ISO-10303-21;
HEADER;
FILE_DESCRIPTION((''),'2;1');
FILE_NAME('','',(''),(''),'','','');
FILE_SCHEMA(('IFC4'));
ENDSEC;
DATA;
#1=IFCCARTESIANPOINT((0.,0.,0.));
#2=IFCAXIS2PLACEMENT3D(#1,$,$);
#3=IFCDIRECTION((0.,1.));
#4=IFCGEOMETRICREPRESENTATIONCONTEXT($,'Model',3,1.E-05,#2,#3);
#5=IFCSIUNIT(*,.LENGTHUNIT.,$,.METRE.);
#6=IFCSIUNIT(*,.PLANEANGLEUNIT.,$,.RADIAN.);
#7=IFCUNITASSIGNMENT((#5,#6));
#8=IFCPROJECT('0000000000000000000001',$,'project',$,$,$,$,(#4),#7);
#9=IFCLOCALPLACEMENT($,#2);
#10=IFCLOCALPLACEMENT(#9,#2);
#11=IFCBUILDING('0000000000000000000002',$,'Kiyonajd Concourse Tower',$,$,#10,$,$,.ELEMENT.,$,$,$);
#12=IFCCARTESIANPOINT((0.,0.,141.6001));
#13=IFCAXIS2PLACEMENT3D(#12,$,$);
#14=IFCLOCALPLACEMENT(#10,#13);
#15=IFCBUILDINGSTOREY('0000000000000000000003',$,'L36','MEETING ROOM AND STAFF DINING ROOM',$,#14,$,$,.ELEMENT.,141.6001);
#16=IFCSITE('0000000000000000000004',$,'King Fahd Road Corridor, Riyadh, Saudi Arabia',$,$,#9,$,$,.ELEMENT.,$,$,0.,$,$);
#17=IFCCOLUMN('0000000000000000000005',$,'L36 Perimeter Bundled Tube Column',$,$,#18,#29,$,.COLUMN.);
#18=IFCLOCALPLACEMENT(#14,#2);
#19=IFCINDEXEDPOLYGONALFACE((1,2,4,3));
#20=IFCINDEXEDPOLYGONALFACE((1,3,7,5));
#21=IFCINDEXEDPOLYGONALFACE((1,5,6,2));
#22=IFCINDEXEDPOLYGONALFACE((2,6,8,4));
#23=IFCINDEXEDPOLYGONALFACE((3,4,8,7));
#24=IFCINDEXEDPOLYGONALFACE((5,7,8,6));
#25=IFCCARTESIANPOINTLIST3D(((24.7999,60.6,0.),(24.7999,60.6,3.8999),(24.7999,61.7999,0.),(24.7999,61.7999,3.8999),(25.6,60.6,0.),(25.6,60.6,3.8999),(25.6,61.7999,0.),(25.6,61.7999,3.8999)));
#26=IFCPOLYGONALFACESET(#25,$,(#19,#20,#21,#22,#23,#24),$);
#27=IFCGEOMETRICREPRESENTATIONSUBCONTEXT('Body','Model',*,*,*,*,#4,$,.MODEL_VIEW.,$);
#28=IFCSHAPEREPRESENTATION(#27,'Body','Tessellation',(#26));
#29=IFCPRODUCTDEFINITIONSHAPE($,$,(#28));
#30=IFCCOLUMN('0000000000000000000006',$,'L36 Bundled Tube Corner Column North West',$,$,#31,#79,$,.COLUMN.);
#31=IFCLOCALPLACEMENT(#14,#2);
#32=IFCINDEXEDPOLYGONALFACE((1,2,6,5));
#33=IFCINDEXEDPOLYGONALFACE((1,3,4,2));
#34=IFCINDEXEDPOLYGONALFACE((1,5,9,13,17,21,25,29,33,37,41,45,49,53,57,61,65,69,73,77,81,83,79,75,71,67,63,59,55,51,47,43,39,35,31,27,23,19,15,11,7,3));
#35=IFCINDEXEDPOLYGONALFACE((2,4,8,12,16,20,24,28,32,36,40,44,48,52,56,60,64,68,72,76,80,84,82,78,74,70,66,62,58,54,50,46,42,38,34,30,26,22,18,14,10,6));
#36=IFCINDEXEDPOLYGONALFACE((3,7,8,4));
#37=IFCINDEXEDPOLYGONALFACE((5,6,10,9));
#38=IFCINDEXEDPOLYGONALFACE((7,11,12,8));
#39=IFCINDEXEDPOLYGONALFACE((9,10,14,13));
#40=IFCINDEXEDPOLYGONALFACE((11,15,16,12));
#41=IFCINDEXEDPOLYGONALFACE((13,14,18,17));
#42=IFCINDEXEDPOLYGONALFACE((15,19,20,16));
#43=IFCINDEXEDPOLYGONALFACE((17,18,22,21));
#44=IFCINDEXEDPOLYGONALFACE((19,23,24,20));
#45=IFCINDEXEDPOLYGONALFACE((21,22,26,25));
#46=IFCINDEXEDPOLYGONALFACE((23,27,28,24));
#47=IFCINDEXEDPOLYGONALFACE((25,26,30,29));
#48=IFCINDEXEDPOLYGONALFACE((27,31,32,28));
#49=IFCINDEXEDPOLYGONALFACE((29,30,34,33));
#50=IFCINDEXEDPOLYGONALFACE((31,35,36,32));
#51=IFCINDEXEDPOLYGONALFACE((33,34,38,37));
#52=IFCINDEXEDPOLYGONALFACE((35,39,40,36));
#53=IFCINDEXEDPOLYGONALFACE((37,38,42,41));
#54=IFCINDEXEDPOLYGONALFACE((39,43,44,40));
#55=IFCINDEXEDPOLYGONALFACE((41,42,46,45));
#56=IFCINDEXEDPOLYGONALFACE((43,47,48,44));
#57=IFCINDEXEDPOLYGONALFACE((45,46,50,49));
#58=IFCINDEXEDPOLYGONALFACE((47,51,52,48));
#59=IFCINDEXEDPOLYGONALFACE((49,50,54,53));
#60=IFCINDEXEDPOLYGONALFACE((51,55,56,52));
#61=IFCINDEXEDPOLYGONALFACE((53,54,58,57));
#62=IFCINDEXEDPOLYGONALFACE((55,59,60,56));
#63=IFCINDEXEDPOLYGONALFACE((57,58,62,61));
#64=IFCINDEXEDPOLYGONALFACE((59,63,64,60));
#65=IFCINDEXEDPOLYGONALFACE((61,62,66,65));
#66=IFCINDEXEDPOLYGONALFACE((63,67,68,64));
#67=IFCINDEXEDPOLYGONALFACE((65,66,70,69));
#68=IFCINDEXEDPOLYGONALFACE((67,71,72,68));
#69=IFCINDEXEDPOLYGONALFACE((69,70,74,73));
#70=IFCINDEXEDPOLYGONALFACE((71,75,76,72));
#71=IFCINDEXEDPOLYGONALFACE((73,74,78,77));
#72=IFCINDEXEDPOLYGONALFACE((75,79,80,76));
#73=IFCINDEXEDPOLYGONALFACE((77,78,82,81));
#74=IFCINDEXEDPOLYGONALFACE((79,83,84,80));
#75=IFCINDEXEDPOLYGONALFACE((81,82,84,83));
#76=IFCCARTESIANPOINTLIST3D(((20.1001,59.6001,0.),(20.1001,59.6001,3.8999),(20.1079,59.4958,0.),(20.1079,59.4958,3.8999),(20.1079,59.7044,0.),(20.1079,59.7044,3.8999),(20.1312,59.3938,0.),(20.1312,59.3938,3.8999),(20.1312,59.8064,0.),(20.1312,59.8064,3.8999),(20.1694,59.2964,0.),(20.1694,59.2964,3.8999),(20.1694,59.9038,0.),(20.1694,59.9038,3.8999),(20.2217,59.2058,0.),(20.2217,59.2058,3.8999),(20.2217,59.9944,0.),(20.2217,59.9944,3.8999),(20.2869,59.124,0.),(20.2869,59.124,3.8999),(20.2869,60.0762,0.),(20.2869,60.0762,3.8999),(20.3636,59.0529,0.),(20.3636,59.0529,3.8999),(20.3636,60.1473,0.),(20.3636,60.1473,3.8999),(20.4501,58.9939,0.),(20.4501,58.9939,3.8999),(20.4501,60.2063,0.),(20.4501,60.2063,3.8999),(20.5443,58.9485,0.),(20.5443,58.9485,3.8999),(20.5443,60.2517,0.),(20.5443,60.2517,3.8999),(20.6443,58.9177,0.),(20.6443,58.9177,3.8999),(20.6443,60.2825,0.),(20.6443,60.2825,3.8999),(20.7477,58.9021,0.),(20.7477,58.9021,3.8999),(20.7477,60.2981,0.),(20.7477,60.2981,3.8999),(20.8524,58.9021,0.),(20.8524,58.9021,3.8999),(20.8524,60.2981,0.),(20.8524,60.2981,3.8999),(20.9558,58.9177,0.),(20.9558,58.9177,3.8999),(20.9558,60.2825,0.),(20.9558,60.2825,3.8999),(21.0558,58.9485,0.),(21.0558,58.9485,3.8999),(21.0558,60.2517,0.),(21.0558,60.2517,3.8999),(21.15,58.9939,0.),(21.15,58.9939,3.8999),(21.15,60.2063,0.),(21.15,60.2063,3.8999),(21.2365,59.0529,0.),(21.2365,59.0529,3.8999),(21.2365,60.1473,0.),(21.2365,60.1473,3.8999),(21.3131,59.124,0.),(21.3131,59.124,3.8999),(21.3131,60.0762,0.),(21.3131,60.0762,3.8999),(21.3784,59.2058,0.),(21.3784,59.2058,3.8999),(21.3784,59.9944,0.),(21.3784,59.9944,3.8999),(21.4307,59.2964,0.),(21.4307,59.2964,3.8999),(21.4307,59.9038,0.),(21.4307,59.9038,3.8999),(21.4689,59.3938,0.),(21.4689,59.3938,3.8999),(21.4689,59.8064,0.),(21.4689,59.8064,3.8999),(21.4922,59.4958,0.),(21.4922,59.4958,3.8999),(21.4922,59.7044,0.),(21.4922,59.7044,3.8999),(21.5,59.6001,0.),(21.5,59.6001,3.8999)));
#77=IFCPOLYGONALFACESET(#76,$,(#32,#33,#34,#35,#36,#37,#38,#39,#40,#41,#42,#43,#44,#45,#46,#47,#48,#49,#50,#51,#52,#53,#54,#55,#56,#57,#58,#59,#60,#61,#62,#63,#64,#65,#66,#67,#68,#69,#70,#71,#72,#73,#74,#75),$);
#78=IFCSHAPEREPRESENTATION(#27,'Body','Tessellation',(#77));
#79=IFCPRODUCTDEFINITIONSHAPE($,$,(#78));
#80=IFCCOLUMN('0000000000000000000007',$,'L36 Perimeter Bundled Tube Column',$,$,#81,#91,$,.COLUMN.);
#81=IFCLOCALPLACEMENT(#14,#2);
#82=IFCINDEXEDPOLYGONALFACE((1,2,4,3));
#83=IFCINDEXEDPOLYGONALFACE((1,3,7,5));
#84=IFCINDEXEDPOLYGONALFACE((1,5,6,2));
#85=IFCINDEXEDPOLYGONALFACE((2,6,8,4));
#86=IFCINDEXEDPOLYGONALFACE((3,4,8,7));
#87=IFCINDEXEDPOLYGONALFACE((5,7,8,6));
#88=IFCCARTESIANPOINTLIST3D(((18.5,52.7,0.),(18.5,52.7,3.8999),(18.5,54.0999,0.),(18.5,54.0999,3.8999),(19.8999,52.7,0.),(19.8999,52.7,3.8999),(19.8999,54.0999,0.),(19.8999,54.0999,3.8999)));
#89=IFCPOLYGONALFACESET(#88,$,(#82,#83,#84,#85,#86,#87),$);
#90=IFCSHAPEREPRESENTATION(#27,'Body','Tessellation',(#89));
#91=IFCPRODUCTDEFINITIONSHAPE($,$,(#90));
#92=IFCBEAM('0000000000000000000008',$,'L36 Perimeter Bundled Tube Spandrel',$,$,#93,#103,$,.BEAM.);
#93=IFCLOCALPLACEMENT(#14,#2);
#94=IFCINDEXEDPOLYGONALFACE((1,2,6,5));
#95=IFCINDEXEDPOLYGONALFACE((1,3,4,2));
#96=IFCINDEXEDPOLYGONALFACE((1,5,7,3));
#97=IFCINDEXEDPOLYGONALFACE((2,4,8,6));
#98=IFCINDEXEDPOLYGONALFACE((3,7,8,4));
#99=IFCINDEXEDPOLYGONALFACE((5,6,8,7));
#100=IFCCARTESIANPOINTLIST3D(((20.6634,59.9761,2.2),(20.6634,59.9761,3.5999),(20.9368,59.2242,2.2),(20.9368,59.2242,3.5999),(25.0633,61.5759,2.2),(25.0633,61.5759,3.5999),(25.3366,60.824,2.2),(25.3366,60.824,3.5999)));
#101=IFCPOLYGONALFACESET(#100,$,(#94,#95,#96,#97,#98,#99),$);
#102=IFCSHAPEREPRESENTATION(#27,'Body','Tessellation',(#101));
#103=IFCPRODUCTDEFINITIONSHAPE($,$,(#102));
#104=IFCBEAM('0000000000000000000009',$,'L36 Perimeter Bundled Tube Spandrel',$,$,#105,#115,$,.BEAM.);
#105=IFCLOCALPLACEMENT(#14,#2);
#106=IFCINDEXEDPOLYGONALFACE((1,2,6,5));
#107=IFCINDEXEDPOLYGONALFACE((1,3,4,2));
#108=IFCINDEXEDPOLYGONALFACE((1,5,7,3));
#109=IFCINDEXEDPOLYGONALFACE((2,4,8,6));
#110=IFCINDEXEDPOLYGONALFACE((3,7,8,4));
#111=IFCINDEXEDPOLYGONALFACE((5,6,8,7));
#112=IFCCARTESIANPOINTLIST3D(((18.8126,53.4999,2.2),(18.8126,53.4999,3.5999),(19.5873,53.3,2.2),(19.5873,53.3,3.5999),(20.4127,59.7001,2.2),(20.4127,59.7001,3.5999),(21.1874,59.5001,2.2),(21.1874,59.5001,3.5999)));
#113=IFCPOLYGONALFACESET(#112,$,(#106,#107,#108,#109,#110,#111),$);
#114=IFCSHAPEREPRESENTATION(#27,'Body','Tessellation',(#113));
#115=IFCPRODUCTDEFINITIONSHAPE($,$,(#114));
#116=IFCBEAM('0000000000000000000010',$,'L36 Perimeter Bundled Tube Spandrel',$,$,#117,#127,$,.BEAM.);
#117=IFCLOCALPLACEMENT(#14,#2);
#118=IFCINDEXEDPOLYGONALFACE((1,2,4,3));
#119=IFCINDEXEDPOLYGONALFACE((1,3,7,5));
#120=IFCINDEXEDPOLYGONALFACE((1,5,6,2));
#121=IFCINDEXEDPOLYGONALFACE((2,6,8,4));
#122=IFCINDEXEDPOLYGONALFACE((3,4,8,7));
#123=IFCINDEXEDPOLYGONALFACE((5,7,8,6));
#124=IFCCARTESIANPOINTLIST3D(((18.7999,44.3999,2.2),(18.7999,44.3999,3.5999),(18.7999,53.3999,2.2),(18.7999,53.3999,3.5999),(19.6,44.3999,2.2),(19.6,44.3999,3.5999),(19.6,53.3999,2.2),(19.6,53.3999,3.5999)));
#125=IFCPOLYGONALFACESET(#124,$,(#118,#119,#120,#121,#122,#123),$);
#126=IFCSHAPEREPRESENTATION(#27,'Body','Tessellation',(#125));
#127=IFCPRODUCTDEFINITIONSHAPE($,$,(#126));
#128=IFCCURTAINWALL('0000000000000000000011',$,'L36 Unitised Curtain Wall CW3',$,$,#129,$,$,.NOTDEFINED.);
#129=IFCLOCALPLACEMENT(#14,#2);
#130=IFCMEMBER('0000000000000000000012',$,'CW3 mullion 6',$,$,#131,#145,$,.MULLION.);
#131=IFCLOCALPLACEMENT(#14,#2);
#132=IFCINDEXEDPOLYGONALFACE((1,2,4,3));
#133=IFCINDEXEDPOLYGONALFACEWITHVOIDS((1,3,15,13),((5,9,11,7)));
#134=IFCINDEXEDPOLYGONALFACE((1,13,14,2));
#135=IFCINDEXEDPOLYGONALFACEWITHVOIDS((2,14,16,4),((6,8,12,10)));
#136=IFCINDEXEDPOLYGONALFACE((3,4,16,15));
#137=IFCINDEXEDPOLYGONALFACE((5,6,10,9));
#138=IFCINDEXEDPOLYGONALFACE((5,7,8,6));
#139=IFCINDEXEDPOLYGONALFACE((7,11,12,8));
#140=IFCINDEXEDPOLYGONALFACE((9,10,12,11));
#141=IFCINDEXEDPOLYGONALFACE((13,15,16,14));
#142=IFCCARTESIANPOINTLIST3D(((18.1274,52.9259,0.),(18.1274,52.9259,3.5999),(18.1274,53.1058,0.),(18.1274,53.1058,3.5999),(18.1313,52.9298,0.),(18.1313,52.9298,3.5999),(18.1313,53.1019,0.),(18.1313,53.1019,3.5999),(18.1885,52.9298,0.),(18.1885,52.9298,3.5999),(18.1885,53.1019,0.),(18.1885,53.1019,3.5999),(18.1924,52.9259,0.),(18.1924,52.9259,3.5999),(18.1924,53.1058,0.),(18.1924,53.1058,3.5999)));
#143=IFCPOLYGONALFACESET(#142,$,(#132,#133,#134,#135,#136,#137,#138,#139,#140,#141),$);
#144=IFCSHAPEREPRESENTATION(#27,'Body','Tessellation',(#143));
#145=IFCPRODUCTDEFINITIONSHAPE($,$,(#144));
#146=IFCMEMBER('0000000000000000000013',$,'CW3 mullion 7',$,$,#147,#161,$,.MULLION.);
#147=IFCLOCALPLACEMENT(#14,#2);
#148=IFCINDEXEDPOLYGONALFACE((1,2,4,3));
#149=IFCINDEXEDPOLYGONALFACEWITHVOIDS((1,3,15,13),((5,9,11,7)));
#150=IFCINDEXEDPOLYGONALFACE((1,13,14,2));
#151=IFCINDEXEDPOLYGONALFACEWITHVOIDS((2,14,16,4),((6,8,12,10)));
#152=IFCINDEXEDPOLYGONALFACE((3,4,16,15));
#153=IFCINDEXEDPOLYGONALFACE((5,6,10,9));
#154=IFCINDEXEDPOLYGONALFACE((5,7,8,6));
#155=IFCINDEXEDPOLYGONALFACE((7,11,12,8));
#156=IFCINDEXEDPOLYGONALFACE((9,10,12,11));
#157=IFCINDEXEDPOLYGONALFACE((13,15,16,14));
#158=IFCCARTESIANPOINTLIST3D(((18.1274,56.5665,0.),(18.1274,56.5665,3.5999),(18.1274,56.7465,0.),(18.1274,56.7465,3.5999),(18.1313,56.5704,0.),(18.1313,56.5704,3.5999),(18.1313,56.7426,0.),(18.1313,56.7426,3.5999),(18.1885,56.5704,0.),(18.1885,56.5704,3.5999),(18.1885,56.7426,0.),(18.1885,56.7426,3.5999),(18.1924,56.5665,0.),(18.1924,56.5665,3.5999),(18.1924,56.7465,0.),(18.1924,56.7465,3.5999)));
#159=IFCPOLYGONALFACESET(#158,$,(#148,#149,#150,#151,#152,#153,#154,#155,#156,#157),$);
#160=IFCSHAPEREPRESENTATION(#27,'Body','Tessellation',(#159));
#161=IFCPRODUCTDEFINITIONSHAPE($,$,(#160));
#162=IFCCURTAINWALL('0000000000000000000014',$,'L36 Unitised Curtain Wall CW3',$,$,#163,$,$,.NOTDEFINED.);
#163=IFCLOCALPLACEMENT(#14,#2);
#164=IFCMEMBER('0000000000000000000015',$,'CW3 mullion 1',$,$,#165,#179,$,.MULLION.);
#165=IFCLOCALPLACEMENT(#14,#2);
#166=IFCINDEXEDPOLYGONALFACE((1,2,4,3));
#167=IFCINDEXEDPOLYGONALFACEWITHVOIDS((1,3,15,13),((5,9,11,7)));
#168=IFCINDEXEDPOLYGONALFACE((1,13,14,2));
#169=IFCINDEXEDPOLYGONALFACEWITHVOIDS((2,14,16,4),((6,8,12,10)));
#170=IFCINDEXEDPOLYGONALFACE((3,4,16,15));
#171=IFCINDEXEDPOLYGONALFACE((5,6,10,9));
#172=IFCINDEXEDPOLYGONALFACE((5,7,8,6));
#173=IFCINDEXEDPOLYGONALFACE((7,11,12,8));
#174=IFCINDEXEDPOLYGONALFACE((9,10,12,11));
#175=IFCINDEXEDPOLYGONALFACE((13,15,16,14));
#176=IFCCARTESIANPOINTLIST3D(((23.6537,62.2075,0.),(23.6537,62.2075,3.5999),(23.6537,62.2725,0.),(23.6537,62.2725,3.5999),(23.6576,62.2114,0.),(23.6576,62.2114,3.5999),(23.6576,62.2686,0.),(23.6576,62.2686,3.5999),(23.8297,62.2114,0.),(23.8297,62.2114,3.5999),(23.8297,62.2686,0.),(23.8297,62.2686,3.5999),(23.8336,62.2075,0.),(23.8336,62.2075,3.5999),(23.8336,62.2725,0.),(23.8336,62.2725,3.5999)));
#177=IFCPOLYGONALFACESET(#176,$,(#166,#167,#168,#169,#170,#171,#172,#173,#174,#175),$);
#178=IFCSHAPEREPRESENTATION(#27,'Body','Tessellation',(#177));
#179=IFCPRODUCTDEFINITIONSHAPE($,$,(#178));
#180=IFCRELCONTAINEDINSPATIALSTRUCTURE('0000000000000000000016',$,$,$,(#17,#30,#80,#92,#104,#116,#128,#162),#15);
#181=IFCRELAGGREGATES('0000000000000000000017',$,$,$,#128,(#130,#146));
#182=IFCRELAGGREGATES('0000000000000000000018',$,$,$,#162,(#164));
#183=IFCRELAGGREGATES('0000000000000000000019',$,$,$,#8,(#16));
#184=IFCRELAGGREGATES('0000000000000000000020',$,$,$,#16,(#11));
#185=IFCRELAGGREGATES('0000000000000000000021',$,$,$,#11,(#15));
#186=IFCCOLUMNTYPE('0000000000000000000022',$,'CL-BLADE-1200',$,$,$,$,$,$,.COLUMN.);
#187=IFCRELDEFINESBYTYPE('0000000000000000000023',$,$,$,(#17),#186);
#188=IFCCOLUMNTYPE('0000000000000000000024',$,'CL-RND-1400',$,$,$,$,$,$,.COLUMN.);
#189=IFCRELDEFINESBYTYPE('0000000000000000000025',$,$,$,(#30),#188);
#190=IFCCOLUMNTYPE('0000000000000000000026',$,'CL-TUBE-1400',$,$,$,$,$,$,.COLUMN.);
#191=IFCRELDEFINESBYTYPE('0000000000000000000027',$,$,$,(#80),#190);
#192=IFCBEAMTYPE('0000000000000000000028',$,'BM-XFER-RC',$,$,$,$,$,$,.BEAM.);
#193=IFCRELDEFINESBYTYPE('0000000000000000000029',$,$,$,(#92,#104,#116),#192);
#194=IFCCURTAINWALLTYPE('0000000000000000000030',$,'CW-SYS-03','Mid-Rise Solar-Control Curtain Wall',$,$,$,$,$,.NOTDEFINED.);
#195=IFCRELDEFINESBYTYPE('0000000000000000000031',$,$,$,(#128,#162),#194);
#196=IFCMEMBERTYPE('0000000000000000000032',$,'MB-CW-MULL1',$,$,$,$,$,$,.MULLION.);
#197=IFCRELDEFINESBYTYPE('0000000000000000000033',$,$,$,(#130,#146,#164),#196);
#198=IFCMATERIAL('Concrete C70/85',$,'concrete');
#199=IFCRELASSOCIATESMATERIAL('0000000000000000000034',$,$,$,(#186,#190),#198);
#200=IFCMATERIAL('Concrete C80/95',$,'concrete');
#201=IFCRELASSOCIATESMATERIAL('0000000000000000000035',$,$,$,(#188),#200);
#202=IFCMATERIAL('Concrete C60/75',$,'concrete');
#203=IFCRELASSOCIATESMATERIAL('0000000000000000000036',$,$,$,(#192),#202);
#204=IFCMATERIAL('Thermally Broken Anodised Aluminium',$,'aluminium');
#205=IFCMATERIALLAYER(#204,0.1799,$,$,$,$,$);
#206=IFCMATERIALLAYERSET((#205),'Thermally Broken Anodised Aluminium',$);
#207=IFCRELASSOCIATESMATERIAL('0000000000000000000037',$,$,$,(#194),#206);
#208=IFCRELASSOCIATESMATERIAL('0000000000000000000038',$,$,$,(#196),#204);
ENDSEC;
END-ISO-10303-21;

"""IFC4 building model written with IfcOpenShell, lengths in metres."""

from ifc_helpers import new_model, si_unit, direction, frame, origin, origin_2d, place, context, subcontext, project, spatial, rectangle, hollow_rectangle, circle, extrude, material, layer, layer_set, material_profile, profile_set, type_object, element, aggregate, save


model = new_model("IFC4")

# Units and contexts
model_context = context("Model", 3, precision=1e-05, world=origin(), true_north=direction((0.0, 1.0)))
body_context = subcontext(model_context, "Body", "Model", "MODEL_VIEW")
ifc_project = project(units=[si_unit("LENGTHUNIT", "METRE"), si_unit("PLANEANGLEUNIT", "RADIAN")], contexts=[model_context])

# Site, building, storey
site_placement = place(None, origin())
site = spatial("IfcSite", under=ifc_project, at=site_placement, Name="King Fahd Road Corridor, Riyadh, Saudi Arabia", CompositionType="ELEMENT", RefElevation=0.0)
building_placement = place(site_placement, origin())
building = spatial("IfcBuilding", under=site, at=building_placement, Name="Kiyonajd Concourse Tower", CompositionType="ELEMENT")
storey_placement = place(building_placement, frame((0.0, 0.0, 141.6001)))
storey = spatial("IfcBuildingStorey", under=building, at=storey_placement, Name="L36", Description="MEETING ROOM AND STAFF DINING ROOM", CompositionType="ELEMENT", Elevation=141.6001)

# Columns
ifc_material_1 = material(Name="Concrete C70/85", Category="concrete")
ifc_material_profile_1 = material_profile(ifc_material_1, rectangle(XDim=0.8, YDim=1.2, at=origin_2d()), Name="RC-1200x800")
ifc_profile_set_1 = profile_set([ifc_material_profile_1], Name="Concrete C70/85")
column_type_1 = type_object("IfcColumnType", Name="CL-BLADE-1200", PredefinedType="COLUMN", material=ifc_profile_set_1)
column_1_placement = place(storey_placement, frame((25.2, 61.2, 0.0), z_axis=(0.0, 0.0, 1.0), x_axis=(1.0, 0.0, 0.0)))
element("IfcColumn", 1, at=column_1_placement, inside=storey, type_object=column_type_1, Name="L36 Perimeter Bundled Tube Column", PredefinedType="COLUMN", context=body_context, shape_type="SweptSolid", body=[
    extrude(rectangle(XDim=0.8, YDim=1.2, at=origin_2d()), origin(), (0.0, 0.0, 1.0), 3.8999),
])
ifc_material_2 = material(Name="Concrete C80/95", Category="concrete")
ifc_material_profile_2 = material_profile(ifc_material_2, circle(Radius=0.7, at=origin_2d()), Name="RCC-D1400")
ifc_profile_set_2 = profile_set([ifc_material_profile_2], Name="Concrete C80/95")
column_type_2 = type_object("IfcColumnType", Name="CL-RND-1400", PredefinedType="COLUMN", material=ifc_profile_set_2)
column_2_placement = place(storey_placement, frame((20.8, 59.6001, 0.0), z_axis=(0.0, 0.0, 1.0), x_axis=(1.0, 0.0, 0.0)))
element("IfcColumn", 2, at=column_2_placement, inside=storey, type_object=column_type_2, Name="L36 Bundled Tube Corner Column North West", PredefinedType="COLUMN", context=body_context, shape_type="SweptSolid", body=[
    extrude(circle(Radius=0.7, at=origin_2d()), origin(), (0.0, 0.0, 1.0), 3.8999),
])
ifc_material_profile_3 = material_profile(ifc_material_1, rectangle(XDim=1.3999, YDim=1.3999, at=origin_2d()), Name="RC-1400x1400")
ifc_profile_set_3 = profile_set([ifc_material_profile_3], Name="Concrete C70/85")
column_type_3 = type_object("IfcColumnType", Name="CL-TUBE-1400", PredefinedType="COLUMN", material=ifc_profile_set_3)
column_3_placement = place(storey_placement, frame((19.2, 53.3999, 0.0), z_axis=(0.0, 0.0, 1.0), x_axis=(1.0, 0.0, 0.0)))
element("IfcColumn", 3, at=column_3_placement, inside=storey, type_object=column_type_3, Name="L36 Perimeter Bundled Tube Column", PredefinedType="COLUMN", context=body_context, shape_type="SweptSolid", body=[
    extrude(rectangle(XDim=1.3999, YDim=1.3999, at=origin_2d()), origin(), (0.0, 0.0, 1.0), 3.8999),
])

# Beams
ifc_material_3 = material(Name="Concrete C60/75", Category="concrete")
ifc_material_profile_4 = material_profile(ifc_material_3, rectangle(XDim=0.8, YDim=1.3999, at=origin_2d()), Name="RCBM-800x1400")
ifc_profile_set_4 = profile_set([ifc_material_profile_4], Name="Concrete C60/75")
beam_type = type_object("IfcBeamType", Name="BM-XFER-RC", PredefinedType="BEAM", material=ifc_profile_set_4)
beam_1_placement = place(storey_placement, frame((25.2, 61.2, 2.8999), z_axis=(-0.939801, -0.341722, 0.0), x_axis=(0.341722, -0.939801, 0.0)))
element("IfcBeam", 4, at=beam_1_placement, inside=storey, type_object=beam_type, Name="L36 Perimeter Bundled Tube Spandrel", PredefinedType="BEAM", context=body_context, shape_type="SweptSolid", body=[
    extrude(rectangle(XDim=0.8, YDim=1.3999, at=origin_2d()), origin(), (0.0, 0.0, 1.0), 4.6816),
])
beam_2_placement = place(storey_placement, frame((20.8, 59.6001, 2.8999), z_axis=(-0.249885, -0.968276, 0.0), x_axis=(0.968276, -0.249885, 0.0)))
element("IfcBeam", 5, at=beam_2_placement, inside=storey, type_object=beam_type, Name="L36 Perimeter Bundled Tube Spandrel", PredefinedType="BEAM", context=body_context, shape_type="SweptSolid", body=[
    extrude(rectangle(XDim=0.8, YDim=1.3999, at=origin_2d()), origin(), (0.0, 0.0, 1.0), 6.4033),
])
beam_3_placement = place(storey_placement, frame((19.2, 53.3999, 2.8999), z_axis=(0.0, -1.0, 0.0), x_axis=(1.0, 0.0, 0.0)))
element("IfcBeam", 6, at=beam_3_placement, inside=storey, type_object=beam_type, Name="L36 Perimeter Bundled Tube Spandrel", PredefinedType="BEAM", context=body_context, shape_type="SweptSolid", body=[
    extrude(rectangle(XDim=0.8, YDim=1.3999, at=origin_2d()), origin(), (0.0, 0.0, 1.0), 9.0),
])

# Curtain walls, members
ifc_material_4 = material(Name="Thermally Broken Anodised Aluminium", Category="aluminium")
ifc_layer_1 = layer(ifc_material_4, 0.1799)
ifc_layer_set_1 = layer_set([ifc_layer_1], Name="Thermally Broken Anodised Aluminium")
curtain_wall_type = type_object("IfcCurtainWallType", Name="CW-SYS-03", Description="Mid-Rise Solar-Control Curtain Wall", PredefinedType="NOTDEFINED", material=ifc_layer_set_1)
curtain_wall_1_placement = place(storey_placement, origin())
curtain_wall_1 = element("IfcCurtainWall", 7, at=curtain_wall_1_placement, inside=storey, type_object=curtain_wall_type, Name="L36 Unitised Curtain Wall CW3", PredefinedType="NOTDEFINED")
ifc_material_profile_5 = material_profile(ifc_material_4, hollow_rectangle(XDim=0.0649, YDim=0.1799, WallThickness=0.0039, at=origin_2d()), Name="MULL-65x180")
ifc_profile_set_5 = profile_set([ifc_material_profile_5], Name="Thermally Broken Anodised Aluminium")
member_type_1 = type_object("IfcMemberType", Name="MB-CW-MULL1", PredefinedType="MULLION", material=ifc_profile_set_5)
member_1_placement = place(storey_placement, frame((18.1599, 53.0159, 0.0), z_axis=(0.0, 0.0, 1.0), x_axis=(-1.0, 0.0, 0.0)))
member_1 = element("IfcMember", 8, at=member_1_placement, type_object=member_type_1, Name="CW3 mullion 6", PredefinedType="MULLION", context=body_context, shape_type="SweptSolid", body=[
    extrude(hollow_rectangle(XDim=0.0649, YDim=0.1799, WallThickness=0.0039, at=origin_2d()), origin(), (0.0, 0.0, 1.0), 3.5999),
])
member_2_placement = place(storey_placement, frame((18.1599, 56.6565, 0.0), z_axis=(0.0, 0.0, 1.0), x_axis=(-1.0, 0.0, 0.0)))
member_2 = element("IfcMember", 9, at=member_2_placement, type_object=member_type_1, Name="CW3 mullion 7", PredefinedType="MULLION", context=body_context, shape_type="SweptSolid", body=[
    extrude(hollow_rectangle(XDim=0.0649, YDim=0.1799, WallThickness=0.0039, at=origin_2d()), origin(), (0.0, 0.0, 1.0), 3.5999),
])
curtain_wall_2_placement = place(storey_placement, origin())
curtain_wall_2 = element("IfcCurtainWall", 10, at=curtain_wall_2_placement, inside=storey, type_object=curtain_wall_type, Name="L36 Unitised Curtain Wall CW3", PredefinedType="NOTDEFINED")
member_3_placement = place(storey_placement, frame((23.7437, 62.24, 0.0), z_axis=(0.0, 0.0, 1.0), x_axis=(0.0, 1.0, 0.0)))
member_3 = element("IfcMember", 11, at=member_3_placement, type_object=member_type_1, Name="CW3 mullion 1", PredefinedType="MULLION", context=body_context, shape_type="SweptSolid", body=[
    extrude(hollow_rectangle(XDim=0.0649, YDim=0.1799, WallThickness=0.0039, at=origin_2d()), origin(), (0.0, 0.0, 1.0), 3.5999),
])

aggregate(curtain_wall_1, [member_1, member_2])
aggregate(curtain_wall_2, [member_3])

save(model, "model.ifc")
